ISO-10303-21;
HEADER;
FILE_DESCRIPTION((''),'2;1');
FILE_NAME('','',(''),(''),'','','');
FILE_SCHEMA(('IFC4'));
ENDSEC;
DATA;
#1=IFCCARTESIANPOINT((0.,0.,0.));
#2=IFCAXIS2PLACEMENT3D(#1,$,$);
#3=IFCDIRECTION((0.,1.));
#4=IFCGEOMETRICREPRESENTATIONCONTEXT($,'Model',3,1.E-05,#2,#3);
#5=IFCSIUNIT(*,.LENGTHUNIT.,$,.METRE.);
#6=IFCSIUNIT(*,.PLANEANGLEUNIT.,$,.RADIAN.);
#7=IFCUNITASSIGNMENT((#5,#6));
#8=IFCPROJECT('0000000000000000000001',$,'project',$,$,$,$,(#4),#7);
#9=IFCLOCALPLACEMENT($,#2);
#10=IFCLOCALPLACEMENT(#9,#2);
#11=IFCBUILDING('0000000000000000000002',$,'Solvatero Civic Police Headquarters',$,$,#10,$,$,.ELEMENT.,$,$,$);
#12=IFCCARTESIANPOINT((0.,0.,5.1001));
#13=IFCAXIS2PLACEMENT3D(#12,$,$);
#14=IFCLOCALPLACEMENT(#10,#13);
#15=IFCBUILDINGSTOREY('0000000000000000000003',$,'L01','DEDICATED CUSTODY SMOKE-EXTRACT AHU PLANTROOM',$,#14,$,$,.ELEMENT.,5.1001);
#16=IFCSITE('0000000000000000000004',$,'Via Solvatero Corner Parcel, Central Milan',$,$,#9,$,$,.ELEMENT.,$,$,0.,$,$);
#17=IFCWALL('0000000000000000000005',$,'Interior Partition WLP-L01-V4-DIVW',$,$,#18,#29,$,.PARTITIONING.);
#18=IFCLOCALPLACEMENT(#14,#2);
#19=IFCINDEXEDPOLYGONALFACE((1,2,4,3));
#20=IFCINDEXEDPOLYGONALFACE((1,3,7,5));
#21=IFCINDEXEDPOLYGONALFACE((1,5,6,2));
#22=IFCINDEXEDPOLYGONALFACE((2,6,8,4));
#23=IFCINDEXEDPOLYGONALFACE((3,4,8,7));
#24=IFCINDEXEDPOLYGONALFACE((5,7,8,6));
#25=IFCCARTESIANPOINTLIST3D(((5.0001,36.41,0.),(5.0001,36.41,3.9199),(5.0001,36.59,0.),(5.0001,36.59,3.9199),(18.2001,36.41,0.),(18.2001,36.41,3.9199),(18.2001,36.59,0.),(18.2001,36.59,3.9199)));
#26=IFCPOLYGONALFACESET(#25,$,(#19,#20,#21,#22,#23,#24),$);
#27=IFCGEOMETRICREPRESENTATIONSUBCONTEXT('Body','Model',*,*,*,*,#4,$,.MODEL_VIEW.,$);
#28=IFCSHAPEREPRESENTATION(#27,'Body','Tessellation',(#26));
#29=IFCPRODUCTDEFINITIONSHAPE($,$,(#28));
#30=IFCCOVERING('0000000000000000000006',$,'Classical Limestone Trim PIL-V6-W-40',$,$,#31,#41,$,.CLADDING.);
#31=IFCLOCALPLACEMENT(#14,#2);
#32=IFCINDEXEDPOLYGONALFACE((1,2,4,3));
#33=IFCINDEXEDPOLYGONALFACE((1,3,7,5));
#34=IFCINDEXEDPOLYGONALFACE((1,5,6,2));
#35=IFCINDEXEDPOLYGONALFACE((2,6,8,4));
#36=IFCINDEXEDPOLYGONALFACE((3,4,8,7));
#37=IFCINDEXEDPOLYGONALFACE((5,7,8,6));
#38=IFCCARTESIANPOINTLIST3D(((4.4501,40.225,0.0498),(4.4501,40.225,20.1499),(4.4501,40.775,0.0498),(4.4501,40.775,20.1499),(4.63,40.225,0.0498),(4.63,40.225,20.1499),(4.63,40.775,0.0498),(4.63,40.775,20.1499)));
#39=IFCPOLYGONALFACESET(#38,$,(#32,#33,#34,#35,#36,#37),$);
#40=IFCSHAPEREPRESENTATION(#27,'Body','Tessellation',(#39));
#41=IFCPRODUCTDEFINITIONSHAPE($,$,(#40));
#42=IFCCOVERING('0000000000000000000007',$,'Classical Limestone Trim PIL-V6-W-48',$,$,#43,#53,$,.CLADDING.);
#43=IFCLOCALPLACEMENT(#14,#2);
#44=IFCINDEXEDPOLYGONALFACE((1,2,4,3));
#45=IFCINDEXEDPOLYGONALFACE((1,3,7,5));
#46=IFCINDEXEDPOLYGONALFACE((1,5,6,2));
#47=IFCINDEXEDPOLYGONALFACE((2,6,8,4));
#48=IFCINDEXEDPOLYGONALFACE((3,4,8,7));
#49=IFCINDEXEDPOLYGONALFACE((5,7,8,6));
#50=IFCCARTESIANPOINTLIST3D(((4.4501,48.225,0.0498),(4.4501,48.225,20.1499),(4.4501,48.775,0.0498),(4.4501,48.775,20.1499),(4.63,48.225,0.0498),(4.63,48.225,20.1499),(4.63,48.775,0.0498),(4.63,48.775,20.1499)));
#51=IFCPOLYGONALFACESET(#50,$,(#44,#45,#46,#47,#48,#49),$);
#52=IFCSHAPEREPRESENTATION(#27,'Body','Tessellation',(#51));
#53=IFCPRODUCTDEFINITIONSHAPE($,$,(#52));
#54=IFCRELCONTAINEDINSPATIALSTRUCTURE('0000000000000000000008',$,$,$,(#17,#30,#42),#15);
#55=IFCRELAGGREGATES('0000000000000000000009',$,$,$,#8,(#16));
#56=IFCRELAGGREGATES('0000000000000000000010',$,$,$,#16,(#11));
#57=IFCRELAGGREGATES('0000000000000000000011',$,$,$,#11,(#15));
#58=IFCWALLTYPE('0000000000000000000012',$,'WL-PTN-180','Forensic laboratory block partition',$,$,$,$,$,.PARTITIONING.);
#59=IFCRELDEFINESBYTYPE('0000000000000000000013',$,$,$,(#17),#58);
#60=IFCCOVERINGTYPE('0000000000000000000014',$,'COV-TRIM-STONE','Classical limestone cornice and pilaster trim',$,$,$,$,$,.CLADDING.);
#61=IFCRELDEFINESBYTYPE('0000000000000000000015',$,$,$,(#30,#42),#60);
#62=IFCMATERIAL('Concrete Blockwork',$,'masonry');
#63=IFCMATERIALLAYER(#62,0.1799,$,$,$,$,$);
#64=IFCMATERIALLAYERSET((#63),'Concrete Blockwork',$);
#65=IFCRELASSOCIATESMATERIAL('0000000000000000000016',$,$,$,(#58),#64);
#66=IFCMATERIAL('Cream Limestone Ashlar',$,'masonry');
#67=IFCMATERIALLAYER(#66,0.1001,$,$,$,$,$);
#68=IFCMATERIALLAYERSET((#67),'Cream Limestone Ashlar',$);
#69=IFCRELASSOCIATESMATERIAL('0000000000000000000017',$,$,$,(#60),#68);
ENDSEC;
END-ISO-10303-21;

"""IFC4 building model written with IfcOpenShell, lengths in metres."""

from ifc_helpers import new_model, si_unit, direction, frame, frame_2d, origin, origin_2d, place, context, subcontext, project, spatial, rectangle, extrude, material, layer, layer_set, type_object, element, save


model = new_model("IFC4")

# Units and contexts
model_context = context("Model", 3, precision=1e-05, world=origin(), true_north=direction((0.0, 1.0)))
body_context = subcontext(model_context, "Body", "Model", "MODEL_VIEW")
ifc_project = project(units=[si_unit("LENGTHUNIT", "METRE"), si_unit("PLANEANGLEUNIT", "RADIAN")], contexts=[model_context])

# Site, building, storey
site_placement = place(None, origin())
site = spatial("IfcSite", under=ifc_project, at=site_placement, Name="Via Solvatero Corner Parcel, Central Milan", CompositionType="ELEMENT", RefElevation=0.0)
building_placement = place(site_placement, origin())
building = spatial("IfcBuilding", under=site, at=building_placement, Name="Solvatero Civic Police Headquarters", CompositionType="ELEMENT")
storey_placement = place(building_placement, frame((0.0, 0.0, 5.1001)))
storey = spatial("IfcBuildingStorey", under=building, at=storey_placement, Name="L01", Description="DEDICATED CUSTODY SMOKE-EXTRACT AHU PLANTROOM", CompositionType="ELEMENT", Elevation=5.1001)

# Shared definitions
ifc_material_1 = material(Name="Cream Limestone Ashlar", Category="masonry")

# Wall
ifc_material_2 = material(Name="Concrete Blockwork", Category="masonry")
ifc_layer_1 = layer(ifc_material_2, 0.1799)
ifc_layer_set_1 = layer_set([ifc_layer_1], Name="Concrete Blockwork")
wall_type_1 = type_object("IfcWallType", Name="WL-PTN-180", Description="Forensic laboratory block partition", PredefinedType="PARTITIONING", material=ifc_layer_set_1)
wall_1_placement = place(storey_placement, frame((5.0, 36.5, 0.0), z_axis=(0.0, 0.0, 1.0), x_axis=(1.0, 0.0, 0.0)))
element("IfcWall", 1, at=wall_1_placement, inside=storey, type_object=wall_type_1, Name="Interior Partition WLP-L01-V4-DIVW", PredefinedType="PARTITIONING", context=body_context, shape_type="SweptSolid", body=[
    extrude(rectangle(XDim=13.2, YDim=0.1799, at=frame_2d((6.6001, 0.0))), origin(), (0.0, 0.0, 1.0), 3.9199),
])

# Coverings
ifc_layer_2 = layer(ifc_material_1, 0.1001)
ifc_layer_set_2 = layer_set([ifc_layer_2], Name="Cream Limestone Ashlar")
covering_type = type_object("IfcCoveringType", Name="COV-TRIM-STONE", Description="Classical limestone cornice and pilaster trim", PredefinedType="CLADDING", material=ifc_layer_set_2)
for number, where, z_axis, x_axis, name in (
    (2, (4.54, 40.5, 0.0498), (0.0, 0.0, 1.0), (1.0, 0.0, 0.0), "Classical Limestone Trim PIL-V6-W-40"),
    (3, (4.54, 48.5, 0.0498), (0.0, 0.0, 1.0), (1.0, 0.0, 0.0), "Classical Limestone Trim PIL-V6-W-48"),
):
    element("IfcCovering", number, at=place(storey_placement, frame(where, z_axis=z_axis, x_axis=x_axis)), inside=storey, type_object=covering_type, Name=name, PredefinedType="CLADDING", context=body_context, shape_type="SweptSolid", body=[
        extrude(rectangle(XDim=0.1799, YDim=0.55, at=origin_2d()), origin(), (0.0, 0.0, 1.0), 20.1001),
    ])

save(model, "model.ifc")
